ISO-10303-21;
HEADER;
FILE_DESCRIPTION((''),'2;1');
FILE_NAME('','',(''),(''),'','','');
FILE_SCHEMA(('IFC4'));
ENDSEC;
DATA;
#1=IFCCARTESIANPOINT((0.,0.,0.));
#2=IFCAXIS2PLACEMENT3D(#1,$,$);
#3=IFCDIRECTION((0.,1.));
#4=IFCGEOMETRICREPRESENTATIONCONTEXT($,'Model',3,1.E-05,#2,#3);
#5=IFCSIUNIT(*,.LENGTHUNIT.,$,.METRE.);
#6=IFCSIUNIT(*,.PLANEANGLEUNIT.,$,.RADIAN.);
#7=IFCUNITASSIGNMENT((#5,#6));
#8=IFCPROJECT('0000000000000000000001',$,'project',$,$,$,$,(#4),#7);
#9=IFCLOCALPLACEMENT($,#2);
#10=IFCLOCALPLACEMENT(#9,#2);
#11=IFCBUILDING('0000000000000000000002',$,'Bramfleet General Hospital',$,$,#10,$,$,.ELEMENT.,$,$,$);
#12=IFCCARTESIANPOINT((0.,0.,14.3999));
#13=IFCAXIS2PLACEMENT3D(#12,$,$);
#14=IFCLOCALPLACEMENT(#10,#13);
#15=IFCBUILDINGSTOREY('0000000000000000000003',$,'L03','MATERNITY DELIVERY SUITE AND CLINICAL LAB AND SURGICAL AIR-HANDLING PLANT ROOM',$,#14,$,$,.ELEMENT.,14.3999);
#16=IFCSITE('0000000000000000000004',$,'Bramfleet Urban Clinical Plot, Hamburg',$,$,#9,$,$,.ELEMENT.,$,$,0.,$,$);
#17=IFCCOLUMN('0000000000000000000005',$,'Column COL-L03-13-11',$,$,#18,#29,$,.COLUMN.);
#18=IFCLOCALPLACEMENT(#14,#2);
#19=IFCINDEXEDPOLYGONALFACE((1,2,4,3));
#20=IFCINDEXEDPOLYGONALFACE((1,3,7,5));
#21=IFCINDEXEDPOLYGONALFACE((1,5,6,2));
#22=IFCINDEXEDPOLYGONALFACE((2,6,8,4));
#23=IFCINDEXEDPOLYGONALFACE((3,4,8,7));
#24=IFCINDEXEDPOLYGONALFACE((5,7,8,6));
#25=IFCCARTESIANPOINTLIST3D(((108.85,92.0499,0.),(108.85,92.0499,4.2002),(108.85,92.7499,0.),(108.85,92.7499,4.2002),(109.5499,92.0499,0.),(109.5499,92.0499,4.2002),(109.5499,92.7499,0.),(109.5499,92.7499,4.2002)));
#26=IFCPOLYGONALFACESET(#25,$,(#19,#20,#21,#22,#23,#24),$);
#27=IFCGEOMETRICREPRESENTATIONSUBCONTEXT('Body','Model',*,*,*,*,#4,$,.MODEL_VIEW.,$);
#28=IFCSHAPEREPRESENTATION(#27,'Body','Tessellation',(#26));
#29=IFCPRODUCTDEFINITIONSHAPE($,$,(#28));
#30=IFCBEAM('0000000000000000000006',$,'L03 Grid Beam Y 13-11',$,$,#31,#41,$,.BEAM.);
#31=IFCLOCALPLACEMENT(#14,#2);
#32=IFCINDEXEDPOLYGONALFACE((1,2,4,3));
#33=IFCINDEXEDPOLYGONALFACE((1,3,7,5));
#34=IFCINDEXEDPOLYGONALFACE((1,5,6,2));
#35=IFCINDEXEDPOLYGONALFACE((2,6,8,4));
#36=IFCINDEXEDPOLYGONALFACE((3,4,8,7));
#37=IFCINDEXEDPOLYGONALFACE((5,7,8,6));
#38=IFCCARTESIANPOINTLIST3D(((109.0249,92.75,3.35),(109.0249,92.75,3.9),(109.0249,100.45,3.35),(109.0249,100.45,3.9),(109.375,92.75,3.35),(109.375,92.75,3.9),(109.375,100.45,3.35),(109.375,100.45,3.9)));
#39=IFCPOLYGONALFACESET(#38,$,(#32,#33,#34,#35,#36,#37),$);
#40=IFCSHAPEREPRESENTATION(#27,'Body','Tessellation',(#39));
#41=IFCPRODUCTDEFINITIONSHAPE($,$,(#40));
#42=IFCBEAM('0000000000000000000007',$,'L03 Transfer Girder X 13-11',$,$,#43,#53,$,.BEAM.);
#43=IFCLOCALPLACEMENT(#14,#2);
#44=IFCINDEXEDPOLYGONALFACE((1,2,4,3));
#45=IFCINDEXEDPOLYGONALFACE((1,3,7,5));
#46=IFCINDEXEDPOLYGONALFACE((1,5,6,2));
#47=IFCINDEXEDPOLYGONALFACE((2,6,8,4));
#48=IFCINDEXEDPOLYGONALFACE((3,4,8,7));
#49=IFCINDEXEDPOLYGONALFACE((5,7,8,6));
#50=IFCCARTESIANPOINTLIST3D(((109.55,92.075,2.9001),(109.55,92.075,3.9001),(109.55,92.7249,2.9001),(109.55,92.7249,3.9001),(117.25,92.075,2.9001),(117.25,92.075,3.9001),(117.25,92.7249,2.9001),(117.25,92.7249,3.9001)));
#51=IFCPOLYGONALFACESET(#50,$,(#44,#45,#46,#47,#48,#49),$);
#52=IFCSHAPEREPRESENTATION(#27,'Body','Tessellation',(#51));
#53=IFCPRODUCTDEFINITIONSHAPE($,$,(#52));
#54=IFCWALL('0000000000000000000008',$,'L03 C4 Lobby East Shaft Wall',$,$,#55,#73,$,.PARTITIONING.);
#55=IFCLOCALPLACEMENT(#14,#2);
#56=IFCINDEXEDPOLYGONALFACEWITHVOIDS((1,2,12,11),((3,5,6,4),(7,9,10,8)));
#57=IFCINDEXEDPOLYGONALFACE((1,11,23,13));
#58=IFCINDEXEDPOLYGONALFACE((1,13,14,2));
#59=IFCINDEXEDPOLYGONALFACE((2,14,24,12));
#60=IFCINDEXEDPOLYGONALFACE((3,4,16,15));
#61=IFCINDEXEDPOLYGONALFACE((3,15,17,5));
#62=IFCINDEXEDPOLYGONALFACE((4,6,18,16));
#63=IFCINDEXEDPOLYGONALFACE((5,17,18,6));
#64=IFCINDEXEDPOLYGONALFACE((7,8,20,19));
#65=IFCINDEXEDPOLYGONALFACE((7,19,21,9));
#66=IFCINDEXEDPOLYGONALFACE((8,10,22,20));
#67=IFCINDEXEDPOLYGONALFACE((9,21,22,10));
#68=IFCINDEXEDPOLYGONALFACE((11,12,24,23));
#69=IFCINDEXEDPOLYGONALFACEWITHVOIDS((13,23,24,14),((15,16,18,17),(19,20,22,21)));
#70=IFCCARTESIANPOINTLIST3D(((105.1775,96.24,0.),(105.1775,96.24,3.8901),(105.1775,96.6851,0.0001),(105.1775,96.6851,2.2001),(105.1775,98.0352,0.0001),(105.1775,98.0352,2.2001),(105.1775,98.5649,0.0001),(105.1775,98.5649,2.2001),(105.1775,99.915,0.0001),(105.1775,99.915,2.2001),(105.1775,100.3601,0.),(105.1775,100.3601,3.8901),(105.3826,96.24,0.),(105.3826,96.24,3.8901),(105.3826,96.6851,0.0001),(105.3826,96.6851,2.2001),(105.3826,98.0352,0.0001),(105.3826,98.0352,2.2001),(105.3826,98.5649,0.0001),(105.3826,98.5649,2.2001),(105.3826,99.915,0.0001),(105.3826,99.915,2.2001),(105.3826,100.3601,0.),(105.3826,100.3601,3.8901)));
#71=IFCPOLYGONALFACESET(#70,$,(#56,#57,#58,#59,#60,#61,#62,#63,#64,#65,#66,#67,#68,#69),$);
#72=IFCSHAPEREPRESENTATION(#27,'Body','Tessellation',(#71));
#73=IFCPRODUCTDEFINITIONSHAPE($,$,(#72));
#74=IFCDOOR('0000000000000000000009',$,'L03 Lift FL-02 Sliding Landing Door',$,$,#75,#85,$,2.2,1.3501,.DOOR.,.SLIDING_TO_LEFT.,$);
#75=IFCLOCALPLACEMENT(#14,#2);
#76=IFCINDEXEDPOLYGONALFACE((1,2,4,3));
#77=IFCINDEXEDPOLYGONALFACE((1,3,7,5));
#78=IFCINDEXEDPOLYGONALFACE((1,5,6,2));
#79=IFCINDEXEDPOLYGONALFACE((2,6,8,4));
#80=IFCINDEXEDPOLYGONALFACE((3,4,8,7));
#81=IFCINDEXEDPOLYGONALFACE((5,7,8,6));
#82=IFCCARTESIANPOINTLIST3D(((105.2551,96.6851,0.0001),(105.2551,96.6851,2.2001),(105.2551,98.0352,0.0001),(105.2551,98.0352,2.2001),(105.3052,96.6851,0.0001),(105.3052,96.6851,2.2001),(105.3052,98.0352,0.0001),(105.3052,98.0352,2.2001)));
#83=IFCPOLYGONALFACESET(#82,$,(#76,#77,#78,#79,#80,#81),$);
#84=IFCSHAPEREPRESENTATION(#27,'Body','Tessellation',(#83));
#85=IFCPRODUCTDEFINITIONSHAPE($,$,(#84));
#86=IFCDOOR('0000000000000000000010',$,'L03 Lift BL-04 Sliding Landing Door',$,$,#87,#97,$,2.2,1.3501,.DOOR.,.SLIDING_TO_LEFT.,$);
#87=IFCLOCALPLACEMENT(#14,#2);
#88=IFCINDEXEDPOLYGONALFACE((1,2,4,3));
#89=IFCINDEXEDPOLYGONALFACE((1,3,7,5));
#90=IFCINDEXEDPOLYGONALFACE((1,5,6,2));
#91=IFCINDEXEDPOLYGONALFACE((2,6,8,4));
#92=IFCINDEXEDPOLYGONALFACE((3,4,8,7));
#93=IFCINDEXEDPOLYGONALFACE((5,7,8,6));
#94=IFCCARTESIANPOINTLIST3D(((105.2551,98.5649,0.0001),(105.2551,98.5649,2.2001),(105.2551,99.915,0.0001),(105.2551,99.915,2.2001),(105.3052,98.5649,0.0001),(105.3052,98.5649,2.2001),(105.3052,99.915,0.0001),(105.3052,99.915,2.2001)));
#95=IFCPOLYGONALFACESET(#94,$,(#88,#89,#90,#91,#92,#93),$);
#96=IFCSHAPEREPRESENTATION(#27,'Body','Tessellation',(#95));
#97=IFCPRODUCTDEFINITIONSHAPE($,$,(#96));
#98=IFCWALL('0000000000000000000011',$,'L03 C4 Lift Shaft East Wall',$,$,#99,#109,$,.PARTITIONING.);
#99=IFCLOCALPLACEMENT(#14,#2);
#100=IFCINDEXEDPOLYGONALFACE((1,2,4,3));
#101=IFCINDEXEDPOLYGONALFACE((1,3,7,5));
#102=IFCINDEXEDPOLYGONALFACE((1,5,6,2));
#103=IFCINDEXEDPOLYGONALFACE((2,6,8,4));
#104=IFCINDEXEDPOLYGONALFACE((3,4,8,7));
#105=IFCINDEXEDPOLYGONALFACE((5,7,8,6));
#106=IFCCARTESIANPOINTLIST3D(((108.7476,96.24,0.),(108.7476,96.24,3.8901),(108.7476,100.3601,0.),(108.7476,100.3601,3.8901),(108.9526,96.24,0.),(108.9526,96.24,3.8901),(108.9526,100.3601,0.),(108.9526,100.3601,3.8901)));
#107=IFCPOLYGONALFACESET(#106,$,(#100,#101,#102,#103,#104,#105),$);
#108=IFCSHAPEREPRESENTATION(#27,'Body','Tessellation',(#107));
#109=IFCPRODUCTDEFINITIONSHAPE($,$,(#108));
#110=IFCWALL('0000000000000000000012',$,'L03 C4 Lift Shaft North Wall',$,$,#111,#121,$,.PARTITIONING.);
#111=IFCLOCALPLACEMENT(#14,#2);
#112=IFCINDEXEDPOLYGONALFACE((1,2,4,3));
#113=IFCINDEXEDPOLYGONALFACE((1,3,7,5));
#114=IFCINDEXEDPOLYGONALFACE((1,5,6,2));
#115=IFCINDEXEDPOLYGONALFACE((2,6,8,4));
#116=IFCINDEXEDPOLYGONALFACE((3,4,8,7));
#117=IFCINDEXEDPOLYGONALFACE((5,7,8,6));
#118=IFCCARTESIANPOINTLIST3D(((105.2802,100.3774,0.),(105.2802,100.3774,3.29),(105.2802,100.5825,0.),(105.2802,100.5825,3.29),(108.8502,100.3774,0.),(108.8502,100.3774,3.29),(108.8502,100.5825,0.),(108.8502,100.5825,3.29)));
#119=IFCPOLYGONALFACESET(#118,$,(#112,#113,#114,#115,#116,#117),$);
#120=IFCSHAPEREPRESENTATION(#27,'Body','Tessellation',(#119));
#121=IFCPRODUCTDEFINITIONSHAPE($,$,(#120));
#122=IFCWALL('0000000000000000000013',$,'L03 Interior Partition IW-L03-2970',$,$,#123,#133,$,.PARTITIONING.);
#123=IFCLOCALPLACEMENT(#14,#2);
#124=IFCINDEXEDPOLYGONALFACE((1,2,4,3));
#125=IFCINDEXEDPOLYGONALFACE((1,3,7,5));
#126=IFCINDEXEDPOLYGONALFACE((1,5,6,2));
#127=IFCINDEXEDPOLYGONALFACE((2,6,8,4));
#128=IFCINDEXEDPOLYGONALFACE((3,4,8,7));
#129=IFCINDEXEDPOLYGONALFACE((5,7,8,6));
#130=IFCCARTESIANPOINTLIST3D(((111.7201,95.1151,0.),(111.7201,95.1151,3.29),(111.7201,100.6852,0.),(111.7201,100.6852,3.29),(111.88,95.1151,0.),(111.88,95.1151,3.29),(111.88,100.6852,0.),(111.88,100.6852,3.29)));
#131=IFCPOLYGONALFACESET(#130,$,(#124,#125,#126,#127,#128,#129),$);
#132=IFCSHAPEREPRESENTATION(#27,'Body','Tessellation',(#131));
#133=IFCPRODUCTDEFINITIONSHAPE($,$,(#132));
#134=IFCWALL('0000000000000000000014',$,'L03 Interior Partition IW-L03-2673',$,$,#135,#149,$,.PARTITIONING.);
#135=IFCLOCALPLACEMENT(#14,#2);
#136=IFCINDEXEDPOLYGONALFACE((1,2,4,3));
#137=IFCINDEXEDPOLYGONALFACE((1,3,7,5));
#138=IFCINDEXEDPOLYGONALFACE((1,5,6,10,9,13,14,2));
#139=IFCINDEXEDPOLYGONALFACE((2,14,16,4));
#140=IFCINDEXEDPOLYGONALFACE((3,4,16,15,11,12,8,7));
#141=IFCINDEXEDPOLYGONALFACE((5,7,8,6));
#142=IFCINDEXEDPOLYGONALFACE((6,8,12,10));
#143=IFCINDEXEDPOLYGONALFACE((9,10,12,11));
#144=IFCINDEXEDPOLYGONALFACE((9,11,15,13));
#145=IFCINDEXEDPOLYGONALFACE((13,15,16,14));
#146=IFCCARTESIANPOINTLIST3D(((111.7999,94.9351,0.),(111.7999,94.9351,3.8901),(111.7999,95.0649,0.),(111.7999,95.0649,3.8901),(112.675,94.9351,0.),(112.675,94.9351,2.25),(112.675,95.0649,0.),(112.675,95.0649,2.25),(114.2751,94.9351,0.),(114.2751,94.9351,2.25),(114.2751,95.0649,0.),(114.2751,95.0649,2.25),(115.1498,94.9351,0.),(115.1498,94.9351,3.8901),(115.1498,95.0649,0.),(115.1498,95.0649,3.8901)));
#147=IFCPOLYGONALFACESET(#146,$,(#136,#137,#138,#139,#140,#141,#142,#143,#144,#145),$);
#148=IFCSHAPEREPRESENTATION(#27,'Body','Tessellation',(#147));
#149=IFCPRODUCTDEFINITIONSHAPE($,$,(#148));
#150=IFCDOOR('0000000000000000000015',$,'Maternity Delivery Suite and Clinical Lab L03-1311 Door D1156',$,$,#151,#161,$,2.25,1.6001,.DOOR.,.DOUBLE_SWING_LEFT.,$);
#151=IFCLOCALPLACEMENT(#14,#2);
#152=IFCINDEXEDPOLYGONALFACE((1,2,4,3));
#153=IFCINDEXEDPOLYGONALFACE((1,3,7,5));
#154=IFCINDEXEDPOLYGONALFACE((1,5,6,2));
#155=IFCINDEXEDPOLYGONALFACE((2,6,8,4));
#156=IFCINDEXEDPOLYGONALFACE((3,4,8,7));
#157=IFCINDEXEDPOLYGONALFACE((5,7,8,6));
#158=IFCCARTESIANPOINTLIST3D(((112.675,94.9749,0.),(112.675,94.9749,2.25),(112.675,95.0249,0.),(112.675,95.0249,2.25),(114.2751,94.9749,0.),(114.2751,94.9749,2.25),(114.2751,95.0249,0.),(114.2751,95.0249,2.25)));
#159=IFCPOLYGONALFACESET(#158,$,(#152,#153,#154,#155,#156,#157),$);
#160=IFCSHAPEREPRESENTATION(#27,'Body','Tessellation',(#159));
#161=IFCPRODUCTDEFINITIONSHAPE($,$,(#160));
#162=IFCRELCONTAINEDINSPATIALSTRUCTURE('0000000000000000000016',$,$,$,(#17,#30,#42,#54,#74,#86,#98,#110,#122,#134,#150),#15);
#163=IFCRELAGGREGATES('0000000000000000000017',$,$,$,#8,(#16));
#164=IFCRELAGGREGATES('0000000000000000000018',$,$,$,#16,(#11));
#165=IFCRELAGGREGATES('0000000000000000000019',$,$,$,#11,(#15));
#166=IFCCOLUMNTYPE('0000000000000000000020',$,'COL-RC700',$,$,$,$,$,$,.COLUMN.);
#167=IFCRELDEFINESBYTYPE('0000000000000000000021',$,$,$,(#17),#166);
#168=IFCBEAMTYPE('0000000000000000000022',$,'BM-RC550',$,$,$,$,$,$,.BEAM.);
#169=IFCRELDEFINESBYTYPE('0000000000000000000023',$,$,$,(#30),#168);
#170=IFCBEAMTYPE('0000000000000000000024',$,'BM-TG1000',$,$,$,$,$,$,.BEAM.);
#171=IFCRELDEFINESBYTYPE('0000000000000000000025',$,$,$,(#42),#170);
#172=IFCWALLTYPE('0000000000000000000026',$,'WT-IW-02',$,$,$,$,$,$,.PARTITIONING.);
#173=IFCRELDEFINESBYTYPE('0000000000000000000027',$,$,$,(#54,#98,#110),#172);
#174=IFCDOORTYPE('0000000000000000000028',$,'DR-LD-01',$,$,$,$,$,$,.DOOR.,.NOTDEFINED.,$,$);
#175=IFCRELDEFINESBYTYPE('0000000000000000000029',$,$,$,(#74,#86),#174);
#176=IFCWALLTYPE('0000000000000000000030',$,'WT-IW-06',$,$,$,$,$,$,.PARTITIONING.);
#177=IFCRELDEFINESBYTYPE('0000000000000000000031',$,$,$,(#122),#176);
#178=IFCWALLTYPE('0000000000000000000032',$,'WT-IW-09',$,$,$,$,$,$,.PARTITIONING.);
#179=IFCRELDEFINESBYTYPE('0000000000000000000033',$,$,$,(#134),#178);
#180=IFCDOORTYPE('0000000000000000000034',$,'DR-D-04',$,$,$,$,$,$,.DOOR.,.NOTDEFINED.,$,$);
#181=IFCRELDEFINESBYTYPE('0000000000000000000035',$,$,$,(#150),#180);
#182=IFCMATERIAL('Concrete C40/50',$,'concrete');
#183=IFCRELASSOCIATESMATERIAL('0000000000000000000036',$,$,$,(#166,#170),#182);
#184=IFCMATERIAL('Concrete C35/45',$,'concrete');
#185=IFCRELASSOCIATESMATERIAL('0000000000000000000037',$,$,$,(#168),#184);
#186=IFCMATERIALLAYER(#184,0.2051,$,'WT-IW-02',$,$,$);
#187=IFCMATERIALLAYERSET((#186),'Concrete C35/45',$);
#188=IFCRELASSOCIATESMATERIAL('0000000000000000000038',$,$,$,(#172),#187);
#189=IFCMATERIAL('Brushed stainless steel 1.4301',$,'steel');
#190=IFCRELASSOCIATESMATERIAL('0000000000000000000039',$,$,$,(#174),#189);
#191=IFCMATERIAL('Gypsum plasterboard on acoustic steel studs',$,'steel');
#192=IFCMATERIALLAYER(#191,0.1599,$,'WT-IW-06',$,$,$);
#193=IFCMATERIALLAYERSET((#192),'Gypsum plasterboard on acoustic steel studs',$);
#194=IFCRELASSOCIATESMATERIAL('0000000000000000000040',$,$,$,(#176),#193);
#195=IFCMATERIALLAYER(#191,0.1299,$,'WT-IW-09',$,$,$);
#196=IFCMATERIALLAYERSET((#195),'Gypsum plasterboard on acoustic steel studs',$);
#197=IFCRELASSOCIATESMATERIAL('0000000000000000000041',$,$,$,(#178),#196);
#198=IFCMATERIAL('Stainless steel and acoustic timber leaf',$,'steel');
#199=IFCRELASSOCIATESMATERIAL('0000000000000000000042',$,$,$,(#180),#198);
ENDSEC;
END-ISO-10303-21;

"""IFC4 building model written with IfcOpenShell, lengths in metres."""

from ifc_helpers import new_model, si_unit, direction, frame, frame_2d, origin, origin_2d, place, context, subcontext, project, spatial, rectangle, extrude, material, layer, layer_set, material_profile, profile_set, type_object, element, fill, save


model = new_model("IFC4")

# Units and contexts
model_context = context("Model", 3, precision=1e-05, world=origin(), true_north=direction((0.0, 1.0)))
body_context = subcontext(model_context, "Body", "Model", "MODEL_VIEW")
ifc_project = project(units=[si_unit("LENGTHUNIT", "METRE"), si_unit("PLANEANGLEUNIT", "RADIAN")], contexts=[model_context])

# Site, building, storey
site_placement = place(None, origin())
site = spatial("IfcSite", under=ifc_project, at=site_placement, Name="Bramfleet Urban Clinical Plot, Hamburg", CompositionType="ELEMENT", RefElevation=0.0)
building_placement = place(site_placement, origin())
building = spatial("IfcBuilding", under=site, at=building_placement, Name="Bramfleet General Hospital", CompositionType="ELEMENT")
storey_placement = place(building_placement, frame((0.0, 0.0, 14.3999)))
storey = spatial("IfcBuildingStorey", under=building, at=storey_placement, Name="L03", Description="MATERNITY DELIVERY SUITE AND CLINICAL LAB AND SURGICAL AIR-HANDLING PLANT ROOM", CompositionType="ELEMENT", Elevation=14.3999)

# Column
ifc_material_1 = material(Name="Concrete C40/50", Category="concrete")
ifc_material_profile_1 = material_profile(ifc_material_1, rectangle(XDim=0.7, YDim=0.7, at=origin_2d()), Name="RC COL 700x700")
ifc_profile_set_1 = profile_set([ifc_material_profile_1], Name="Concrete C40/50")
column_type = type_object("IfcColumnType", Name="COL-RC700", PredefinedType="COLUMN", material=ifc_profile_set_1)
column_placement = place(storey_placement, frame((109.2, 92.3999, 0.0), z_axis=(0.0, 0.0, 1.0), x_axis=(1.0, 0.0, 0.0)))
element("IfcColumn", 1, at=column_placement, inside=storey, type_object=column_type, Name="Column COL-L03-13-11", PredefinedType="COLUMN", context=body_context, shape_type="SweptSolid", body=[
    extrude(rectangle(XDim=0.7, YDim=0.7, at=origin_2d()), origin(), (0.0, 0.0, 1.0), 4.2002),
])

# Beams
ifc_material_2 = material(Name="Concrete C35/45", Category="concrete")
ifc_material_profile_2 = material_profile(ifc_material_2, rectangle(XDim=0.3501, YDim=0.55, at=origin_2d()), Name="RC BM 550x350")
ifc_profile_set_2 = profile_set([ifc_material_profile_2], Name="Concrete C35/45")
beam_type_1 = type_object("IfcBeamType", Name="BM-RC550", PredefinedType="BEAM", material=ifc_profile_set_2)
beam_1_placement = place(storey_placement, frame((109.2, 92.75, 3.625), z_axis=(0.0, 1.0, 0.0), x_axis=(-1.0, 0.0, 0.0)))
element("IfcBeam", 2, at=beam_1_placement, inside=storey, type_object=beam_type_1, Name="L03 Grid Beam Y 13-11", PredefinedType="BEAM", context=body_context, shape_type="SweptSolid", body=[
    extrude(rectangle(XDim=0.3501, YDim=0.55, at=origin_2d()), origin(), (0.0, 0.0, 1.0), 7.7),
])
ifc_material_profile_3 = material_profile(ifc_material_1, rectangle(XDim=0.6499, YDim=1.0, at=origin_2d()), Name="RC TG 1000x650")
ifc_profile_set_3 = profile_set([ifc_material_profile_3], Name="Concrete C40/50")
beam_type_2 = type_object("IfcBeamType", Name="BM-TG1000", PredefinedType="BEAM", material=ifc_profile_set_3)
beam_2_placement = place(storey_placement, frame((109.55, 92.3999, 3.4001), z_axis=(1.0, 0.0, 0.0), x_axis=(0.0, 1.0, 0.0)))
element("IfcBeam", 3, at=beam_2_placement, inside=storey, type_object=beam_type_2, Name="L03 Transfer Girder X 13-11", PredefinedType="BEAM", context=body_context, shape_type="SweptSolid", body=[
    extrude(rectangle(XDim=0.6499, YDim=1.0, at=origin_2d()), origin(), (0.0, 0.0, 1.0), 7.7),
])

# Wall, openings, doors
ifc_layer_1 = layer(ifc_material_2, 0.2051, Name="WT-IW-02")
ifc_layer_set_1 = layer_set([ifc_layer_1], Name="Concrete C35/45")
wall_type_1 = type_object("IfcWallType", Name="WT-IW-02", PredefinedType="PARTITIONING", material=ifc_layer_set_1)
wall_1_placement = place(storey_placement, frame((105.28, 96.24, 0.0), z_axis=(0.0, 0.0, 1.0), x_axis=(0.0, 1.0, 0.0)))
wall_1 = element("IfcWall", 4, at=wall_1_placement, inside=storey, type_object=wall_type_1, Name="L03 C4 Lobby East Shaft Wall", PredefinedType="PARTITIONING", context=body_context, shape_type="SweptSolid", body=[
    extrude(rectangle(XDim=4.1201, YDim=0.2051, at=frame_2d((2.0601, 0.0))), origin(), (0.0, 0.0, 1.0), 3.8901),
])
opening_1_placement = place(wall_1_placement, frame((0.4451, 0.0, 0.0)))
opening_1 = element("IfcOpeningElement", 5, at=opening_1_placement, cuts=wall_1, PredefinedType="OPENING", context=body_context, shape_type="SweptSolid", body=[
    extrude(rectangle(XDim=1.3501, YDim=2.2, at=frame_2d((0.675, 1.1001))), frame((0.0, 0.1125, 0.0), z_axis=(0.0, -1.0, 0.0), x_axis=(1.0, 0.0, 0.0)), (0.0, 0.0, 1.0), 0.2251),
])
opening_2_placement = place(wall_1_placement, frame((2.325, 0.0, 0.0)))
opening_2 = element("IfcOpeningElement", 6, at=opening_2_placement, cuts=wall_1, PredefinedType="OPENING", context=body_context, shape_type="SweptSolid", body=[
    extrude(rectangle(XDim=1.3501, YDim=2.2, at=frame_2d((0.675, 1.1001))), frame((0.0, 0.1125, 0.0), z_axis=(0.0, -1.0, 0.0), x_axis=(1.0, 0.0, 0.0)), (0.0, 0.0, 1.0), 0.2251),
])
ifc_material_3 = material(Name="Brushed stainless steel 1.4301", Category="steel")
door_type_1 = type_object("IfcDoorType", Name="DR-LD-01", OperationType="NOTDEFINED", PredefinedType="DOOR", material=ifc_material_3)
door_1_placement = place(opening_1_placement, origin())
door_1 = element("IfcDoor", 7, at=door_1_placement, inside=storey, type_object=door_type_1, Name="L03 Lift FL-02 Sliding Landing Door", OperationType="SLIDING_TO_LEFT", OverallHeight=2.2, OverallWidth=1.3501, PredefinedType="DOOR", context=body_context, shape_type="SweptSolid", body=[
    extrude(rectangle(XDim=1.3501, YDim=2.2, at=frame_2d((0.675, 1.1001))), frame((0.0, 0.0249, 0.0), z_axis=(0.0, -1.0, 0.0), x_axis=(1.0, 0.0, 0.0)), (0.0, 0.0, 1.0), 0.05),
])
fill(opening_1, door_1)
door_2_placement = place(opening_2_placement, origin())
door_2 = element("IfcDoor", 8, at=door_2_placement, inside=storey, type_object=door_type_1, Name="L03 Lift BL-04 Sliding Landing Door", OperationType="SLIDING_TO_LEFT", OverallHeight=2.2, OverallWidth=1.3501, PredefinedType="DOOR", context=body_context, shape_type="SweptSolid", body=[
    extrude(rectangle(XDim=1.3501, YDim=2.2, at=frame_2d((0.675, 1.1001))), frame((0.0, 0.0249, 0.0), z_axis=(0.0, -1.0, 0.0), x_axis=(1.0, 0.0, 0.0)), (0.0, 0.0, 1.0), 0.05),
])
fill(opening_2, door_2)

# Walls
wall_2_placement = place(storey_placement, frame((108.8501, 96.24, 0.0), z_axis=(0.0, 0.0, 1.0), x_axis=(0.0, 1.0, 0.0)))
element("IfcWall", 9, at=wall_2_placement, inside=storey, type_object=wall_type_1, Name="L03 C4 Lift Shaft East Wall", PredefinedType="PARTITIONING", context=body_context, shape_type="SweptSolid", body=[
    extrude(rectangle(XDim=4.1201, YDim=0.2051, at=frame_2d((2.0601, 0.0))), origin(), (0.0, 0.0, 1.0), 3.8901),
])
wall_3_placement = place(storey_placement, frame((105.28, 100.48, 0.0), z_axis=(0.0, 0.0, 1.0), x_axis=(1.0, 0.0, 0.0)))
element("IfcWall", 10, at=wall_3_placement, inside=storey, type_object=wall_type_1, Name="L03 C4 Lift Shaft North Wall", PredefinedType="PARTITIONING", context=body_context, shape_type="SweptSolid", body=[
    extrude(rectangle(XDim=3.5701, YDim=0.2051, at=frame_2d((1.7852, 0.0))), origin(), (0.0, 0.0, 1.0), 3.29),
])
ifc_material_4 = material(Name="Gypsum plasterboard on acoustic steel studs", Category="steel")
ifc_layer_2 = layer(ifc_material_4, 0.1599, Name="WT-IW-06")
ifc_layer_set_2 = layer_set([ifc_layer_2], Name="Gypsum plasterboard on acoustic steel studs")
wall_type_2 = type_object("IfcWallType", Name="WT-IW-06", PredefinedType="PARTITIONING", material=ifc_layer_set_2)
wall_4_placement = place(storey_placement, frame((111.8, 95.115, 0.0), z_axis=(0.0, 0.0, 1.0), x_axis=(0.0, 1.0, 0.0)))
element("IfcWall", 11, at=wall_4_placement, inside=storey, type_object=wall_type_2, Name="L03 Interior Partition IW-L03-2970", PredefinedType="PARTITIONING", context=body_context, shape_type="SweptSolid", body=[
    extrude(rectangle(XDim=5.5701, YDim=0.1599, at=frame_2d((2.7852, 0.0))), origin(), (0.0, 0.0, 1.0), 3.29),
])

# Wall, opening, door
ifc_layer_3 = layer(ifc_material_4, 0.1299, Name="WT-IW-09")
ifc_layer_set_3 = layer_set([ifc_layer_3], Name="Gypsum plasterboard on acoustic steel studs")
wall_type_3 = type_object("IfcWallType", Name="WT-IW-09", PredefinedType="PARTITIONING", material=ifc_layer_set_3)
wall_5_placement = place(storey_placement, frame((111.8, 95.0, 0.0), z_axis=(0.0, 0.0, 1.0), x_axis=(1.0, 0.0, 0.0)))
wall_5 = element("IfcWall", 12, at=wall_5_placement, inside=storey, type_object=wall_type_3, Name="L03 Interior Partition IW-L03-2673", PredefinedType="PARTITIONING", context=body_context, shape_type="SweptSolid", body=[
    extrude(rectangle(XDim=3.3499, YDim=0.1299, at=frame_2d((1.6748, 0.0))), origin(), (0.0, 0.0, 1.0), 3.8901),
])
opening_3_placement = place(wall_5_placement, frame((0.875, 0.0, 0.0)))
opening_3 = element("IfcOpeningElement", 13, at=opening_3_placement, cuts=wall_5, PredefinedType="OPENING", context=body_context, shape_type="SweptSolid", body=[
    extrude(rectangle(XDim=1.6001, YDim=2.25, at=frame_2d((0.8, 1.125))), frame((0.0, 0.075, 0.0), z_axis=(0.0, -1.0, 0.0), x_axis=(1.0, 0.0, 0.0)), (0.0, 0.0, 1.0), 0.1499),
])
ifc_material_5 = material(Name="Stainless steel and acoustic timber leaf", Category="steel")
door_type_2 = type_object("IfcDoorType", Name="DR-D-04", OperationType="NOTDEFINED", PredefinedType="DOOR", material=ifc_material_5)
door_3_placement = place(opening_3_placement, origin())
door_3 = element("IfcDoor", 14, at=door_3_placement, inside=storey, type_object=door_type_2, Name="Maternity Delivery Suite and Clinical Lab L03-1311 Door D1156", OperationType="DOUBLE_SWING_LEFT", OverallHeight=2.25, OverallWidth=1.6001, PredefinedType="DOOR", context=body_context, shape_type="SweptSolid", body=[
    extrude(rectangle(XDim=1.6001, YDim=2.25, at=frame_2d((0.8, 1.125))), frame((0.0, 0.0249, 0.0), z_axis=(0.0, -1.0, 0.0), x_axis=(1.0, 0.0, 0.0)), (0.0, 0.0, 1.0), 0.05),
])
fill(opening_3, door_3)

save(model, "model.ifc")
